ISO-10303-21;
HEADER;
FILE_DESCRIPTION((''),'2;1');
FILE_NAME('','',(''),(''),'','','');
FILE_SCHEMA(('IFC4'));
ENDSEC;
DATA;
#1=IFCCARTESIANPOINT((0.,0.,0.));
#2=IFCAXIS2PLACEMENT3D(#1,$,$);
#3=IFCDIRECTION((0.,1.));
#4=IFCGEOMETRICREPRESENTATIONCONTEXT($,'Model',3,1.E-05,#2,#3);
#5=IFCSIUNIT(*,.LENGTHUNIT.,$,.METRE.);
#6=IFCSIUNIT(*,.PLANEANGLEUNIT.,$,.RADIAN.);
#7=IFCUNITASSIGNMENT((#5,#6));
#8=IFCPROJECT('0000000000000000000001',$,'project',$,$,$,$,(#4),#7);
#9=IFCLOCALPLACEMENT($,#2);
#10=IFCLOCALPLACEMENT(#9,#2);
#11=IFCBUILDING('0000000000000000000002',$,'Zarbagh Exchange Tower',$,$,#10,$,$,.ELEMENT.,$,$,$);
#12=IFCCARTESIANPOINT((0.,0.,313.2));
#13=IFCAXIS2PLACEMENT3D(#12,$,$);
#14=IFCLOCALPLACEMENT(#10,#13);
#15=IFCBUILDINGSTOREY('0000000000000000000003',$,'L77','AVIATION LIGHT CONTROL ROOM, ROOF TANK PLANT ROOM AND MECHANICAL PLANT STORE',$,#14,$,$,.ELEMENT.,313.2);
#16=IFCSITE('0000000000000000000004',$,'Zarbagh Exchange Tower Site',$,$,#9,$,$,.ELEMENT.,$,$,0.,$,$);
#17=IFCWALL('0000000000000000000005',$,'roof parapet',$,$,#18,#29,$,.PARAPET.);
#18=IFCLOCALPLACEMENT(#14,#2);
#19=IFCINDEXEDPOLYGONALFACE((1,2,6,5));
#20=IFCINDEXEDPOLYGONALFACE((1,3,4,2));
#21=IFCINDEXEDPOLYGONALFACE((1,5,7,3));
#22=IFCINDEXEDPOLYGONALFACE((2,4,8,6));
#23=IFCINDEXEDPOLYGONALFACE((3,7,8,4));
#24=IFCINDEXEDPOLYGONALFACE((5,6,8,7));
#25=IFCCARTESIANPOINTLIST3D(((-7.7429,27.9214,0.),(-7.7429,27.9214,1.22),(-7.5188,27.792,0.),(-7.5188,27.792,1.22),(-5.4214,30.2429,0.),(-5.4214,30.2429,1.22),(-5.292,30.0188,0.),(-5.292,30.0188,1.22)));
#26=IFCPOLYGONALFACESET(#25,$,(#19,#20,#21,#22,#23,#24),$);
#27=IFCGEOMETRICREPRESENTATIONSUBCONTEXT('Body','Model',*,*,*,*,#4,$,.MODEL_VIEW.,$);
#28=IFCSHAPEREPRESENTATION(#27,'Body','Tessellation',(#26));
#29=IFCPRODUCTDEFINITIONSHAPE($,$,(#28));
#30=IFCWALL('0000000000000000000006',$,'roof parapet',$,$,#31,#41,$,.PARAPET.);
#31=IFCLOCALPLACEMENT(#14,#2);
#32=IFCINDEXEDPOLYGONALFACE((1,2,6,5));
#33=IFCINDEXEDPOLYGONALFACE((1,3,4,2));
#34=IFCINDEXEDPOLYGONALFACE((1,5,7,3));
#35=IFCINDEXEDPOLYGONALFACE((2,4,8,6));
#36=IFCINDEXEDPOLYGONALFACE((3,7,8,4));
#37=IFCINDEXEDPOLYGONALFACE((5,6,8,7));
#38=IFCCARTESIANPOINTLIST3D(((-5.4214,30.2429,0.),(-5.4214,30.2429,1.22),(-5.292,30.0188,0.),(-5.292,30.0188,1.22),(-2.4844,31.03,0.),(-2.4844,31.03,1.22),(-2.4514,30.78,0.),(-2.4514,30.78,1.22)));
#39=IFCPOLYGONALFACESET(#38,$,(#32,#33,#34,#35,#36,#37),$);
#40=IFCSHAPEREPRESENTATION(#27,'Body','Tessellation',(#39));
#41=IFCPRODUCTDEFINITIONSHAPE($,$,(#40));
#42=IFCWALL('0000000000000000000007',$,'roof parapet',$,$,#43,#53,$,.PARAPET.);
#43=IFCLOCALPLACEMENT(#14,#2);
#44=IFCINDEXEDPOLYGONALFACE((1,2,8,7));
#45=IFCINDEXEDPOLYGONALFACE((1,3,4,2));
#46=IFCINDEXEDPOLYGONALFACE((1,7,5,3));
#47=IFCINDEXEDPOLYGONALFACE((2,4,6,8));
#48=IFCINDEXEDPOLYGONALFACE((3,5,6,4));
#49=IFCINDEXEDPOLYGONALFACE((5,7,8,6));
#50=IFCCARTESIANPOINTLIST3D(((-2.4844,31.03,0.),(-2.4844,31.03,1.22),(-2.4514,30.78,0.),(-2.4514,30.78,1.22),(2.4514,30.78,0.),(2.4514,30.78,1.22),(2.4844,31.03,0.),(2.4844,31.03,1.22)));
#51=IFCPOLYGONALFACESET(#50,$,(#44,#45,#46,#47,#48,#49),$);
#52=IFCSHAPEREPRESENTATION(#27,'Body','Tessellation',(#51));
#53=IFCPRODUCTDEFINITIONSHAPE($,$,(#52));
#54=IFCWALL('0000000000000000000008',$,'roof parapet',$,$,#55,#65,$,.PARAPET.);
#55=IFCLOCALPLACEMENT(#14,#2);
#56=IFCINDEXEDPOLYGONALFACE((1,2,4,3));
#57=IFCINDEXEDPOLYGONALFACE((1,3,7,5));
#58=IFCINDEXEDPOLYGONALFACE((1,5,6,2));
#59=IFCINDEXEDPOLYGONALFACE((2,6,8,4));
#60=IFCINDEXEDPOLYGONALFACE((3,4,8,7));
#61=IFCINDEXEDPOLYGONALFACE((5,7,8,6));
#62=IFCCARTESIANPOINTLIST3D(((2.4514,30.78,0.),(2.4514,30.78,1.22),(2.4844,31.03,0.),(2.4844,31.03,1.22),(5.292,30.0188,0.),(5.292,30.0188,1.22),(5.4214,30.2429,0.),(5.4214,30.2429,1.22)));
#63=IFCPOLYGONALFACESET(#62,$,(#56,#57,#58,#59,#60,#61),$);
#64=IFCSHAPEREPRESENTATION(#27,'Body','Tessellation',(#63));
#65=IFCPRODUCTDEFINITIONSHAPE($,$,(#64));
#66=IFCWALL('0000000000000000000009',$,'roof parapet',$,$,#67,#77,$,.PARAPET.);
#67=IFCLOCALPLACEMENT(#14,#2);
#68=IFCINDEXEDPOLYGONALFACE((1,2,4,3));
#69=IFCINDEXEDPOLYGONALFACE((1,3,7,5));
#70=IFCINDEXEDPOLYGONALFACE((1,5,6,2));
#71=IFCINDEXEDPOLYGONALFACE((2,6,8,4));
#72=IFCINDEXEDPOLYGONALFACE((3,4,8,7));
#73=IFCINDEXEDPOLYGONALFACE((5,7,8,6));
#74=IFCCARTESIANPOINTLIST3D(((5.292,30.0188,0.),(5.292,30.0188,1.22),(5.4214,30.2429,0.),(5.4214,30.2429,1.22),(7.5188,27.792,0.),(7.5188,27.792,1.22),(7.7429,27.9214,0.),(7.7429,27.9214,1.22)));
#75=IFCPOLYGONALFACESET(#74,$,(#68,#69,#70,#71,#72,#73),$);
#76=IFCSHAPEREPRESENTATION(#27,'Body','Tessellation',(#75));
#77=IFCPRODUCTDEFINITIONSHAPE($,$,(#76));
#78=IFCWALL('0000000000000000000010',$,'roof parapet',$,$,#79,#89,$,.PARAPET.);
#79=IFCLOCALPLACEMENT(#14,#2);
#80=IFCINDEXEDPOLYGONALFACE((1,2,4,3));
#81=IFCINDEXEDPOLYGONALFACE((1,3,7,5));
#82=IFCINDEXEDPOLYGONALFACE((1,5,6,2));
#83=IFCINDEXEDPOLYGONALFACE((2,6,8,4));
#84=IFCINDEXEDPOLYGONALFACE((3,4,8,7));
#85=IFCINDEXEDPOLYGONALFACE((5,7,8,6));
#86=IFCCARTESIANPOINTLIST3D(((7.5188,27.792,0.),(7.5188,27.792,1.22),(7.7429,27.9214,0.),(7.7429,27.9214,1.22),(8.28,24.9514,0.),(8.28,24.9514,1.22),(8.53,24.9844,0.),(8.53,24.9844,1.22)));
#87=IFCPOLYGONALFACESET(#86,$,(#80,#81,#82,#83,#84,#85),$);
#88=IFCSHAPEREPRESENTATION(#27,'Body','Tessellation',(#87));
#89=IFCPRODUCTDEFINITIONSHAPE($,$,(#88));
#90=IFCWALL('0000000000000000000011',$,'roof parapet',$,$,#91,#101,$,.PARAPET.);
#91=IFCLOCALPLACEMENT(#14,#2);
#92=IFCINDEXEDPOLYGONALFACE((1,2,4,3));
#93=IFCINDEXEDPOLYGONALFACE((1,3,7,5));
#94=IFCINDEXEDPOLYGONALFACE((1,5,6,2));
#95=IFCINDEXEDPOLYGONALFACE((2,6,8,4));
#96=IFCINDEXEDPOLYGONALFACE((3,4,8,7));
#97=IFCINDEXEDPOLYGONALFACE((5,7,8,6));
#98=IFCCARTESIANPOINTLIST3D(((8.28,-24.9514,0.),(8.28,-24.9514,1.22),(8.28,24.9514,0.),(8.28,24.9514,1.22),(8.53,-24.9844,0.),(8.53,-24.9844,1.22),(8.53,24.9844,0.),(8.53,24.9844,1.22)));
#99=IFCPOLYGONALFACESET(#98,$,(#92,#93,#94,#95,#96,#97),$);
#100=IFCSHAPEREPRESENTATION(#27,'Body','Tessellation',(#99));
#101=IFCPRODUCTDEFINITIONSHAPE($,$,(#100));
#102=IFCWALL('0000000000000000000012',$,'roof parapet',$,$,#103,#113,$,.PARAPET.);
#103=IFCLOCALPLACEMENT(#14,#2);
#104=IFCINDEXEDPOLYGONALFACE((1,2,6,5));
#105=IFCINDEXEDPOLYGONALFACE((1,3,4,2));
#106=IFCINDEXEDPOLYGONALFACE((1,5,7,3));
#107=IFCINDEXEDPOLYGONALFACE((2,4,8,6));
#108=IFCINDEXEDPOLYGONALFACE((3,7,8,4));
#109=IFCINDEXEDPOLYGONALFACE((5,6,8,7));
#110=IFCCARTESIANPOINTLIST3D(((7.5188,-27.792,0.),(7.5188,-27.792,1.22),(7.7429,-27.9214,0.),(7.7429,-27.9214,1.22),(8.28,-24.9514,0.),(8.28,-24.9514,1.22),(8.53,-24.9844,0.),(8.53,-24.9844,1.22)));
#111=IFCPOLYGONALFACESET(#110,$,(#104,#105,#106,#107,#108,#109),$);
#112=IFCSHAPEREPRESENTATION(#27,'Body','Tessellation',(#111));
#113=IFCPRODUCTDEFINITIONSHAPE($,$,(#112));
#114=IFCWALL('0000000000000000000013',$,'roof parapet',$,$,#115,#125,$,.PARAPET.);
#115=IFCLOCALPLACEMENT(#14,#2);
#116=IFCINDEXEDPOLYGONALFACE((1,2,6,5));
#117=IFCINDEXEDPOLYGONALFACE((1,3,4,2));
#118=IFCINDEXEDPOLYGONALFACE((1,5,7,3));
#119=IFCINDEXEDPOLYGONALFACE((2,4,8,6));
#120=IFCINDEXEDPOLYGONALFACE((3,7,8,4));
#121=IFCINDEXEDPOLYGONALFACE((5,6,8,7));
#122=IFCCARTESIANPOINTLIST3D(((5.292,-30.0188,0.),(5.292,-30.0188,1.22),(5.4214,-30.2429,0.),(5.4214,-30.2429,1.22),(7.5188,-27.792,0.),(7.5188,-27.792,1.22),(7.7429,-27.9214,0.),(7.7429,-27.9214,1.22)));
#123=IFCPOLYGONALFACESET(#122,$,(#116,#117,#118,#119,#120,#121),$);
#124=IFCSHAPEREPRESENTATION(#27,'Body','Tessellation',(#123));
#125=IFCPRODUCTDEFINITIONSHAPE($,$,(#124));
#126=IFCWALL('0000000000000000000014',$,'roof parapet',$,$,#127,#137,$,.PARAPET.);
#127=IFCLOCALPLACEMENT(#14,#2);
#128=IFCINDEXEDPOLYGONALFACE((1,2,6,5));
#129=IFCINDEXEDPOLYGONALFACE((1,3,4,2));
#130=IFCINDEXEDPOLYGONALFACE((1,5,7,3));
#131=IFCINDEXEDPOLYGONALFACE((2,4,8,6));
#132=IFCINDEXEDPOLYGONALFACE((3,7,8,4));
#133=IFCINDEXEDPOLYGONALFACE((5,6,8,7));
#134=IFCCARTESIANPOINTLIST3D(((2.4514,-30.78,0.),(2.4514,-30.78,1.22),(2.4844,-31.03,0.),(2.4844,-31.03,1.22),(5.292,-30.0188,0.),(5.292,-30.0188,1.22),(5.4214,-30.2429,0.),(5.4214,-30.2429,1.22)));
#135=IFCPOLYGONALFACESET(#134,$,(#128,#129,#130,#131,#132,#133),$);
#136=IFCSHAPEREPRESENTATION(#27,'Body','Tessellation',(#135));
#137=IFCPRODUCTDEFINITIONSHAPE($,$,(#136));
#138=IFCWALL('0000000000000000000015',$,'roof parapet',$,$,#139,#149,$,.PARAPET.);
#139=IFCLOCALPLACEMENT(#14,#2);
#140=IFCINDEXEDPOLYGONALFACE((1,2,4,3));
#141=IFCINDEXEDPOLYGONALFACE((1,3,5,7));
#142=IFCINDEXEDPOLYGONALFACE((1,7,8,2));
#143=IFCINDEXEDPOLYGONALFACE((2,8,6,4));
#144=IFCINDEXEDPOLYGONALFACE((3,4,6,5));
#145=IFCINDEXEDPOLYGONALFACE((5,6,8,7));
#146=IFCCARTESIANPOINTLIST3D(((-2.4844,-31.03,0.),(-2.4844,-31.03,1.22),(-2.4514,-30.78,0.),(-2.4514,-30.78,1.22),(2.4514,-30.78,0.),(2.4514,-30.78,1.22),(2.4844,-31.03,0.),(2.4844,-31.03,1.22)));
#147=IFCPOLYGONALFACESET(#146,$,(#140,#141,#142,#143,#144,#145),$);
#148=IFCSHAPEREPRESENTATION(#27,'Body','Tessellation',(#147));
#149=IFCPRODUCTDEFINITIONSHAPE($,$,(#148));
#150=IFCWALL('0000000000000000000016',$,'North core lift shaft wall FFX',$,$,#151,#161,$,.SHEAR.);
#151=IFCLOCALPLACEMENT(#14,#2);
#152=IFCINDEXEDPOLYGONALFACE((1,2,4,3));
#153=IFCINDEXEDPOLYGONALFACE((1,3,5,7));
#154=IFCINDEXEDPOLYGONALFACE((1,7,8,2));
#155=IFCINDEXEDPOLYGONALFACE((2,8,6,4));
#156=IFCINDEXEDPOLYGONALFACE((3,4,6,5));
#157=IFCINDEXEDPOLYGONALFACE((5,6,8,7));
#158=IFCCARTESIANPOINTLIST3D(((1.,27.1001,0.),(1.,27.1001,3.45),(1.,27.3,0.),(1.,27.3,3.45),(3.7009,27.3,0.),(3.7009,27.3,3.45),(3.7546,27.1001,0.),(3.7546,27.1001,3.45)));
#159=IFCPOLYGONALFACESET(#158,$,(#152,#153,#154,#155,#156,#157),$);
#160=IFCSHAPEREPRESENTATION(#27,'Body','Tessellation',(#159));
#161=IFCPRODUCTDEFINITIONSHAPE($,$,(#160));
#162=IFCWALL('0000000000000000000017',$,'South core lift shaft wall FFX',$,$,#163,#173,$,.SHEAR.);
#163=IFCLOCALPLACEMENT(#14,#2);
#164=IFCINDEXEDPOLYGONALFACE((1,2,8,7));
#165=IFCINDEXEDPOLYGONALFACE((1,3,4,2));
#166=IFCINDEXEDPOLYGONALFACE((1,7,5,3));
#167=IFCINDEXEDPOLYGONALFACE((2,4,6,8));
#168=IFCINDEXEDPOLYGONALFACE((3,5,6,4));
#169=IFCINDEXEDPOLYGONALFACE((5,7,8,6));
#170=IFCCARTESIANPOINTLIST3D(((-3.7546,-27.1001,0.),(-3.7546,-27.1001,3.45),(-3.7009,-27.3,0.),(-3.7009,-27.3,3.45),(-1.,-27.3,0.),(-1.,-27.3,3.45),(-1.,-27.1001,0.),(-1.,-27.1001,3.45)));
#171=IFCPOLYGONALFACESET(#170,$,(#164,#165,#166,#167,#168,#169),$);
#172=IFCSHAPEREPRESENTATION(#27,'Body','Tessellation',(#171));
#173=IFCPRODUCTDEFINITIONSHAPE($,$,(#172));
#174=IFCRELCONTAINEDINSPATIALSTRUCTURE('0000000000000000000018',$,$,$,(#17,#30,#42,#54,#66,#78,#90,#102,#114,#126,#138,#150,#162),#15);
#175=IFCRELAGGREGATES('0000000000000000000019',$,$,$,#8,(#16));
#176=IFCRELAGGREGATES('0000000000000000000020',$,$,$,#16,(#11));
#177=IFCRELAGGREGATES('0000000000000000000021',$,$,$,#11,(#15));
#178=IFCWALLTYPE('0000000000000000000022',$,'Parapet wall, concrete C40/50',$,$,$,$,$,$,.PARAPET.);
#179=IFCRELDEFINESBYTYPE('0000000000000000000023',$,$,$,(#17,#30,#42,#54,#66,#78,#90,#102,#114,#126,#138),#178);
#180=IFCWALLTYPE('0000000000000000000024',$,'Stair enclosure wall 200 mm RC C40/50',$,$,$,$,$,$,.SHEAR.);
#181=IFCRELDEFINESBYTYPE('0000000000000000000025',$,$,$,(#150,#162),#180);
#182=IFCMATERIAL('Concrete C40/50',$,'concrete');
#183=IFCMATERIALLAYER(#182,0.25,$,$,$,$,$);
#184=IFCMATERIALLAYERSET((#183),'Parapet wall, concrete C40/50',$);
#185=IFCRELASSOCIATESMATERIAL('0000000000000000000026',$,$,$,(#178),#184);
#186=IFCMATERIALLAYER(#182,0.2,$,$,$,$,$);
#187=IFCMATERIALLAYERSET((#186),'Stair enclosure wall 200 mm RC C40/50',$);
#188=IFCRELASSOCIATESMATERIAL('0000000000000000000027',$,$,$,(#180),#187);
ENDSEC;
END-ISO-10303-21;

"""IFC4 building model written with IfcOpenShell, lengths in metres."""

from ifc_helpers import new_model, si_unit, direction, frame, origin, place, context, subcontext, project, spatial, polyline, outline, extrude, material, layer, layer_set, type_object, element, save


model = new_model("IFC4")

# Units and contexts
model_context = context("Model", 3, precision=1e-05, world=origin(), true_north=direction((0.0, 1.0)))
body_context = subcontext(model_context, "Body", "Model", "MODEL_VIEW")
ifc_project = project(units=[si_unit("LENGTHUNIT", "METRE"), si_unit("PLANEANGLEUNIT", "RADIAN")], contexts=[model_context])

# Site, building, storey
site_placement = place(None, origin())
site = spatial("IfcSite", under=ifc_project, at=site_placement, Name="Zarbagh Exchange Tower Site", CompositionType="ELEMENT", RefElevation=0.0)
building_placement = place(site_placement, origin())
building = spatial("IfcBuilding", under=site, at=building_placement, Name="Zarbagh Exchange Tower", CompositionType="ELEMENT")
storey_placement = place(building_placement, frame((0.0, 0.0, 313.2)))
storey = spatial("IfcBuildingStorey", under=building, at=storey_placement, Name="L77", Description="AVIATION LIGHT CONTROL ROOM, ROOF TANK PLANT ROOM AND MECHANICAL PLANT STORE", CompositionType="ELEMENT", Elevation=313.2)

# Shared definitions
ifc_material_1 = material(Name="Concrete C40/50", Category="concrete")

# Walls
ifc_layer_1 = layer(ifc_material_1, 0.25)
ifc_layer_set_1 = layer_set([ifc_layer_1], Name="Parapet wall, concrete C40/50")
wall_type_1 = type_object("IfcWallType", Name="Parapet wall, concrete C40/50", PredefinedType="PARAPET", material=ifc_layer_set_1)
wall_1_placement = place(storey_placement, origin())
element("IfcWall", 1, at=wall_1_placement, inside=storey, type_object=wall_type_1, Name="roof parapet", PredefinedType="PARAPET", context=body_context, shape_type="SweptSolid", body=[
    extrude(outline(polyline([(-7.7429, 27.9214), (-5.4214, 30.2429), (-5.292, 30.0188), (-7.5188, 27.792), (-7.7429, 27.9214)])), origin(), (0.0, 0.0, 1.0), 1.22),
])
wall_2_placement = place(storey_placement, origin())
element("IfcWall", 2, at=wall_2_placement, inside=storey, type_object=wall_type_1, Name="roof parapet", PredefinedType="PARAPET", context=body_context, shape_type="SweptSolid", body=[
    extrude(outline(polyline([(-5.4214, 30.2429), (-2.4844, 31.03), (-2.4514, 30.78), (-5.292, 30.0188), (-5.4214, 30.2429)])), origin(), (0.0, 0.0, 1.0), 1.22),
])
wall_3_placement = place(storey_placement, origin())
element("IfcWall", 3, at=wall_3_placement, inside=storey, type_object=wall_type_1, Name="roof parapet", PredefinedType="PARAPET", context=body_context, shape_type="SweptSolid", body=[
    extrude(outline(polyline([(-2.4844, 31.03), (2.4844, 31.03), (2.4514, 30.78), (-2.4514, 30.78), (-2.4844, 31.03)])), origin(), (0.0, 0.0, 1.0), 1.22),
])
wall_4_placement = place(storey_placement, origin())
element("IfcWall", 4, at=wall_4_placement, inside=storey, type_object=wall_type_1, Name="roof parapet", PredefinedType="PARAPET", context=body_context, shape_type="SweptSolid", body=[
    extrude(outline(polyline([(2.4844, 31.03), (5.4214, 30.2429), (5.292, 30.0188), (2.4514, 30.78), (2.4844, 31.03)])), origin(), (0.0, 0.0, 1.0), 1.22),
])
wall_5_placement = place(storey_placement, origin())
element("IfcWall", 5, at=wall_5_placement, inside=storey, type_object=wall_type_1, Name="roof parapet", PredefinedType="PARAPET", context=body_context, shape_type="SweptSolid", body=[
    extrude(outline(polyline([(5.4214, 30.2429), (7.7429, 27.9214), (7.5188, 27.792), (5.292, 30.0188), (5.4214, 30.2429)])), origin(), (0.0, 0.0, 1.0), 1.22),
])
wall_6_placement = place(storey_placement, origin())
element("IfcWall", 6, at=wall_6_placement, inside=storey, type_object=wall_type_1, Name="roof parapet", PredefinedType="PARAPET", context=body_context, shape_type="SweptSolid", body=[
    extrude(outline(polyline([(7.7429, 27.9214), (8.53, 24.9844), (8.28, 24.9514), (7.5188, 27.792), (7.7429, 27.9214)])), origin(), (0.0, 0.0, 1.0), 1.22),
])
wall_7_placement = place(storey_placement, origin())
element("IfcWall", 7, at=wall_7_placement, inside=storey, type_object=wall_type_1, Name="roof parapet", PredefinedType="PARAPET", context=body_context, shape_type="SweptSolid", body=[
    extrude(outline(polyline([(8.53, 24.9844), (8.53, -24.9844), (8.28, -24.9514), (8.28, 24.9514), (8.53, 24.9844)])), origin(), (0.0, 0.0, 1.0), 1.22),
])
wall_8_placement = place(storey_placement, origin())
element("IfcWall", 8, at=wall_8_placement, inside=storey, type_object=wall_type_1, Name="roof parapet", PredefinedType="PARAPET", context=body_context, shape_type="SweptSolid", body=[
    extrude(outline(polyline([(8.53, -24.9844), (7.7429, -27.9214), (7.5188, -27.792), (8.28, -24.9514), (8.53, -24.9844)])), origin(), (0.0, 0.0, 1.0), 1.22),
])
wall_9_placement = place(storey_placement, origin())
element("IfcWall", 9, at=wall_9_placement, inside=storey, type_object=wall_type_1, Name="roof parapet", PredefinedType="PARAPET", context=body_context, shape_type="SweptSolid", body=[
    extrude(outline(polyline([(7.7429, -27.9214), (5.4214, -30.2429), (5.292, -30.0188), (7.5188, -27.792), (7.7429, -27.9214)])), origin(), (0.0, 0.0, 1.0), 1.22),
])
wall_10_placement = place(storey_placement, origin())
element("IfcWall", 10, at=wall_10_placement, inside=storey, type_object=wall_type_1, Name="roof parapet", PredefinedType="PARAPET", context=body_context, shape_type="SweptSolid", body=[
    extrude(outline(polyline([(5.4214, -30.2429), (2.4844, -31.03), (2.4514, -30.78), (5.292, -30.0188), (5.4214, -30.2429)])), origin(), (0.0, 0.0, 1.0), 1.22),
])
wall_11_placement = place(storey_placement, origin())
element("IfcWall", 11, at=wall_11_placement, inside=storey, type_object=wall_type_1, Name="roof parapet", PredefinedType="PARAPET", context=body_context, shape_type="SweptSolid", body=[
    extrude(outline(polyline([(2.4844, -31.03), (-2.4844, -31.03), (-2.4514, -30.78), (2.4514, -30.78), (2.4844, -31.03)])), origin(), (0.0, 0.0, 1.0), 1.22),
])
ifc_layer_2 = layer(ifc_material_1, 0.2)
ifc_layer_set_2 = layer_set([ifc_layer_2], Name="Stair enclosure wall 200 mm RC C40/50")
wall_type_2 = type_object("IfcWallType", Name="Stair enclosure wall 200 mm RC C40/50", PredefinedType="SHEAR", material=ifc_layer_set_2)
wall_12_placement = place(storey_placement, origin())
element("IfcWall", 12, at=wall_12_placement, inside=storey, type_object=wall_type_2, Name="North core lift shaft wall FFX", PredefinedType="SHEAR", context=body_context, shape_type="SweptSolid", body=[
    extrude(outline(polyline([(1.0, 27.1001), (3.7546, 27.1001), (3.7009, 27.3), (1.0, 27.3), (1.0, 27.1001)])), origin(), (0.0, 0.0, 1.0), 3.45),
])
wall_13_placement = place(storey_placement, origin())
element("IfcWall", 13, at=wall_13_placement, inside=storey, type_object=wall_type_2, Name="South core lift shaft wall FFX", PredefinedType="SHEAR", context=body_context, shape_type="SweptSolid", body=[
    extrude(outline(polyline([(-1.0, -27.1001), (-3.7546, -27.1001), (-3.7009, -27.3), (-1.0, -27.3), (-1.0, -27.1001)])), origin(), (0.0, 0.0, 1.0), 3.45),
])

save(model, "model.ifc")
